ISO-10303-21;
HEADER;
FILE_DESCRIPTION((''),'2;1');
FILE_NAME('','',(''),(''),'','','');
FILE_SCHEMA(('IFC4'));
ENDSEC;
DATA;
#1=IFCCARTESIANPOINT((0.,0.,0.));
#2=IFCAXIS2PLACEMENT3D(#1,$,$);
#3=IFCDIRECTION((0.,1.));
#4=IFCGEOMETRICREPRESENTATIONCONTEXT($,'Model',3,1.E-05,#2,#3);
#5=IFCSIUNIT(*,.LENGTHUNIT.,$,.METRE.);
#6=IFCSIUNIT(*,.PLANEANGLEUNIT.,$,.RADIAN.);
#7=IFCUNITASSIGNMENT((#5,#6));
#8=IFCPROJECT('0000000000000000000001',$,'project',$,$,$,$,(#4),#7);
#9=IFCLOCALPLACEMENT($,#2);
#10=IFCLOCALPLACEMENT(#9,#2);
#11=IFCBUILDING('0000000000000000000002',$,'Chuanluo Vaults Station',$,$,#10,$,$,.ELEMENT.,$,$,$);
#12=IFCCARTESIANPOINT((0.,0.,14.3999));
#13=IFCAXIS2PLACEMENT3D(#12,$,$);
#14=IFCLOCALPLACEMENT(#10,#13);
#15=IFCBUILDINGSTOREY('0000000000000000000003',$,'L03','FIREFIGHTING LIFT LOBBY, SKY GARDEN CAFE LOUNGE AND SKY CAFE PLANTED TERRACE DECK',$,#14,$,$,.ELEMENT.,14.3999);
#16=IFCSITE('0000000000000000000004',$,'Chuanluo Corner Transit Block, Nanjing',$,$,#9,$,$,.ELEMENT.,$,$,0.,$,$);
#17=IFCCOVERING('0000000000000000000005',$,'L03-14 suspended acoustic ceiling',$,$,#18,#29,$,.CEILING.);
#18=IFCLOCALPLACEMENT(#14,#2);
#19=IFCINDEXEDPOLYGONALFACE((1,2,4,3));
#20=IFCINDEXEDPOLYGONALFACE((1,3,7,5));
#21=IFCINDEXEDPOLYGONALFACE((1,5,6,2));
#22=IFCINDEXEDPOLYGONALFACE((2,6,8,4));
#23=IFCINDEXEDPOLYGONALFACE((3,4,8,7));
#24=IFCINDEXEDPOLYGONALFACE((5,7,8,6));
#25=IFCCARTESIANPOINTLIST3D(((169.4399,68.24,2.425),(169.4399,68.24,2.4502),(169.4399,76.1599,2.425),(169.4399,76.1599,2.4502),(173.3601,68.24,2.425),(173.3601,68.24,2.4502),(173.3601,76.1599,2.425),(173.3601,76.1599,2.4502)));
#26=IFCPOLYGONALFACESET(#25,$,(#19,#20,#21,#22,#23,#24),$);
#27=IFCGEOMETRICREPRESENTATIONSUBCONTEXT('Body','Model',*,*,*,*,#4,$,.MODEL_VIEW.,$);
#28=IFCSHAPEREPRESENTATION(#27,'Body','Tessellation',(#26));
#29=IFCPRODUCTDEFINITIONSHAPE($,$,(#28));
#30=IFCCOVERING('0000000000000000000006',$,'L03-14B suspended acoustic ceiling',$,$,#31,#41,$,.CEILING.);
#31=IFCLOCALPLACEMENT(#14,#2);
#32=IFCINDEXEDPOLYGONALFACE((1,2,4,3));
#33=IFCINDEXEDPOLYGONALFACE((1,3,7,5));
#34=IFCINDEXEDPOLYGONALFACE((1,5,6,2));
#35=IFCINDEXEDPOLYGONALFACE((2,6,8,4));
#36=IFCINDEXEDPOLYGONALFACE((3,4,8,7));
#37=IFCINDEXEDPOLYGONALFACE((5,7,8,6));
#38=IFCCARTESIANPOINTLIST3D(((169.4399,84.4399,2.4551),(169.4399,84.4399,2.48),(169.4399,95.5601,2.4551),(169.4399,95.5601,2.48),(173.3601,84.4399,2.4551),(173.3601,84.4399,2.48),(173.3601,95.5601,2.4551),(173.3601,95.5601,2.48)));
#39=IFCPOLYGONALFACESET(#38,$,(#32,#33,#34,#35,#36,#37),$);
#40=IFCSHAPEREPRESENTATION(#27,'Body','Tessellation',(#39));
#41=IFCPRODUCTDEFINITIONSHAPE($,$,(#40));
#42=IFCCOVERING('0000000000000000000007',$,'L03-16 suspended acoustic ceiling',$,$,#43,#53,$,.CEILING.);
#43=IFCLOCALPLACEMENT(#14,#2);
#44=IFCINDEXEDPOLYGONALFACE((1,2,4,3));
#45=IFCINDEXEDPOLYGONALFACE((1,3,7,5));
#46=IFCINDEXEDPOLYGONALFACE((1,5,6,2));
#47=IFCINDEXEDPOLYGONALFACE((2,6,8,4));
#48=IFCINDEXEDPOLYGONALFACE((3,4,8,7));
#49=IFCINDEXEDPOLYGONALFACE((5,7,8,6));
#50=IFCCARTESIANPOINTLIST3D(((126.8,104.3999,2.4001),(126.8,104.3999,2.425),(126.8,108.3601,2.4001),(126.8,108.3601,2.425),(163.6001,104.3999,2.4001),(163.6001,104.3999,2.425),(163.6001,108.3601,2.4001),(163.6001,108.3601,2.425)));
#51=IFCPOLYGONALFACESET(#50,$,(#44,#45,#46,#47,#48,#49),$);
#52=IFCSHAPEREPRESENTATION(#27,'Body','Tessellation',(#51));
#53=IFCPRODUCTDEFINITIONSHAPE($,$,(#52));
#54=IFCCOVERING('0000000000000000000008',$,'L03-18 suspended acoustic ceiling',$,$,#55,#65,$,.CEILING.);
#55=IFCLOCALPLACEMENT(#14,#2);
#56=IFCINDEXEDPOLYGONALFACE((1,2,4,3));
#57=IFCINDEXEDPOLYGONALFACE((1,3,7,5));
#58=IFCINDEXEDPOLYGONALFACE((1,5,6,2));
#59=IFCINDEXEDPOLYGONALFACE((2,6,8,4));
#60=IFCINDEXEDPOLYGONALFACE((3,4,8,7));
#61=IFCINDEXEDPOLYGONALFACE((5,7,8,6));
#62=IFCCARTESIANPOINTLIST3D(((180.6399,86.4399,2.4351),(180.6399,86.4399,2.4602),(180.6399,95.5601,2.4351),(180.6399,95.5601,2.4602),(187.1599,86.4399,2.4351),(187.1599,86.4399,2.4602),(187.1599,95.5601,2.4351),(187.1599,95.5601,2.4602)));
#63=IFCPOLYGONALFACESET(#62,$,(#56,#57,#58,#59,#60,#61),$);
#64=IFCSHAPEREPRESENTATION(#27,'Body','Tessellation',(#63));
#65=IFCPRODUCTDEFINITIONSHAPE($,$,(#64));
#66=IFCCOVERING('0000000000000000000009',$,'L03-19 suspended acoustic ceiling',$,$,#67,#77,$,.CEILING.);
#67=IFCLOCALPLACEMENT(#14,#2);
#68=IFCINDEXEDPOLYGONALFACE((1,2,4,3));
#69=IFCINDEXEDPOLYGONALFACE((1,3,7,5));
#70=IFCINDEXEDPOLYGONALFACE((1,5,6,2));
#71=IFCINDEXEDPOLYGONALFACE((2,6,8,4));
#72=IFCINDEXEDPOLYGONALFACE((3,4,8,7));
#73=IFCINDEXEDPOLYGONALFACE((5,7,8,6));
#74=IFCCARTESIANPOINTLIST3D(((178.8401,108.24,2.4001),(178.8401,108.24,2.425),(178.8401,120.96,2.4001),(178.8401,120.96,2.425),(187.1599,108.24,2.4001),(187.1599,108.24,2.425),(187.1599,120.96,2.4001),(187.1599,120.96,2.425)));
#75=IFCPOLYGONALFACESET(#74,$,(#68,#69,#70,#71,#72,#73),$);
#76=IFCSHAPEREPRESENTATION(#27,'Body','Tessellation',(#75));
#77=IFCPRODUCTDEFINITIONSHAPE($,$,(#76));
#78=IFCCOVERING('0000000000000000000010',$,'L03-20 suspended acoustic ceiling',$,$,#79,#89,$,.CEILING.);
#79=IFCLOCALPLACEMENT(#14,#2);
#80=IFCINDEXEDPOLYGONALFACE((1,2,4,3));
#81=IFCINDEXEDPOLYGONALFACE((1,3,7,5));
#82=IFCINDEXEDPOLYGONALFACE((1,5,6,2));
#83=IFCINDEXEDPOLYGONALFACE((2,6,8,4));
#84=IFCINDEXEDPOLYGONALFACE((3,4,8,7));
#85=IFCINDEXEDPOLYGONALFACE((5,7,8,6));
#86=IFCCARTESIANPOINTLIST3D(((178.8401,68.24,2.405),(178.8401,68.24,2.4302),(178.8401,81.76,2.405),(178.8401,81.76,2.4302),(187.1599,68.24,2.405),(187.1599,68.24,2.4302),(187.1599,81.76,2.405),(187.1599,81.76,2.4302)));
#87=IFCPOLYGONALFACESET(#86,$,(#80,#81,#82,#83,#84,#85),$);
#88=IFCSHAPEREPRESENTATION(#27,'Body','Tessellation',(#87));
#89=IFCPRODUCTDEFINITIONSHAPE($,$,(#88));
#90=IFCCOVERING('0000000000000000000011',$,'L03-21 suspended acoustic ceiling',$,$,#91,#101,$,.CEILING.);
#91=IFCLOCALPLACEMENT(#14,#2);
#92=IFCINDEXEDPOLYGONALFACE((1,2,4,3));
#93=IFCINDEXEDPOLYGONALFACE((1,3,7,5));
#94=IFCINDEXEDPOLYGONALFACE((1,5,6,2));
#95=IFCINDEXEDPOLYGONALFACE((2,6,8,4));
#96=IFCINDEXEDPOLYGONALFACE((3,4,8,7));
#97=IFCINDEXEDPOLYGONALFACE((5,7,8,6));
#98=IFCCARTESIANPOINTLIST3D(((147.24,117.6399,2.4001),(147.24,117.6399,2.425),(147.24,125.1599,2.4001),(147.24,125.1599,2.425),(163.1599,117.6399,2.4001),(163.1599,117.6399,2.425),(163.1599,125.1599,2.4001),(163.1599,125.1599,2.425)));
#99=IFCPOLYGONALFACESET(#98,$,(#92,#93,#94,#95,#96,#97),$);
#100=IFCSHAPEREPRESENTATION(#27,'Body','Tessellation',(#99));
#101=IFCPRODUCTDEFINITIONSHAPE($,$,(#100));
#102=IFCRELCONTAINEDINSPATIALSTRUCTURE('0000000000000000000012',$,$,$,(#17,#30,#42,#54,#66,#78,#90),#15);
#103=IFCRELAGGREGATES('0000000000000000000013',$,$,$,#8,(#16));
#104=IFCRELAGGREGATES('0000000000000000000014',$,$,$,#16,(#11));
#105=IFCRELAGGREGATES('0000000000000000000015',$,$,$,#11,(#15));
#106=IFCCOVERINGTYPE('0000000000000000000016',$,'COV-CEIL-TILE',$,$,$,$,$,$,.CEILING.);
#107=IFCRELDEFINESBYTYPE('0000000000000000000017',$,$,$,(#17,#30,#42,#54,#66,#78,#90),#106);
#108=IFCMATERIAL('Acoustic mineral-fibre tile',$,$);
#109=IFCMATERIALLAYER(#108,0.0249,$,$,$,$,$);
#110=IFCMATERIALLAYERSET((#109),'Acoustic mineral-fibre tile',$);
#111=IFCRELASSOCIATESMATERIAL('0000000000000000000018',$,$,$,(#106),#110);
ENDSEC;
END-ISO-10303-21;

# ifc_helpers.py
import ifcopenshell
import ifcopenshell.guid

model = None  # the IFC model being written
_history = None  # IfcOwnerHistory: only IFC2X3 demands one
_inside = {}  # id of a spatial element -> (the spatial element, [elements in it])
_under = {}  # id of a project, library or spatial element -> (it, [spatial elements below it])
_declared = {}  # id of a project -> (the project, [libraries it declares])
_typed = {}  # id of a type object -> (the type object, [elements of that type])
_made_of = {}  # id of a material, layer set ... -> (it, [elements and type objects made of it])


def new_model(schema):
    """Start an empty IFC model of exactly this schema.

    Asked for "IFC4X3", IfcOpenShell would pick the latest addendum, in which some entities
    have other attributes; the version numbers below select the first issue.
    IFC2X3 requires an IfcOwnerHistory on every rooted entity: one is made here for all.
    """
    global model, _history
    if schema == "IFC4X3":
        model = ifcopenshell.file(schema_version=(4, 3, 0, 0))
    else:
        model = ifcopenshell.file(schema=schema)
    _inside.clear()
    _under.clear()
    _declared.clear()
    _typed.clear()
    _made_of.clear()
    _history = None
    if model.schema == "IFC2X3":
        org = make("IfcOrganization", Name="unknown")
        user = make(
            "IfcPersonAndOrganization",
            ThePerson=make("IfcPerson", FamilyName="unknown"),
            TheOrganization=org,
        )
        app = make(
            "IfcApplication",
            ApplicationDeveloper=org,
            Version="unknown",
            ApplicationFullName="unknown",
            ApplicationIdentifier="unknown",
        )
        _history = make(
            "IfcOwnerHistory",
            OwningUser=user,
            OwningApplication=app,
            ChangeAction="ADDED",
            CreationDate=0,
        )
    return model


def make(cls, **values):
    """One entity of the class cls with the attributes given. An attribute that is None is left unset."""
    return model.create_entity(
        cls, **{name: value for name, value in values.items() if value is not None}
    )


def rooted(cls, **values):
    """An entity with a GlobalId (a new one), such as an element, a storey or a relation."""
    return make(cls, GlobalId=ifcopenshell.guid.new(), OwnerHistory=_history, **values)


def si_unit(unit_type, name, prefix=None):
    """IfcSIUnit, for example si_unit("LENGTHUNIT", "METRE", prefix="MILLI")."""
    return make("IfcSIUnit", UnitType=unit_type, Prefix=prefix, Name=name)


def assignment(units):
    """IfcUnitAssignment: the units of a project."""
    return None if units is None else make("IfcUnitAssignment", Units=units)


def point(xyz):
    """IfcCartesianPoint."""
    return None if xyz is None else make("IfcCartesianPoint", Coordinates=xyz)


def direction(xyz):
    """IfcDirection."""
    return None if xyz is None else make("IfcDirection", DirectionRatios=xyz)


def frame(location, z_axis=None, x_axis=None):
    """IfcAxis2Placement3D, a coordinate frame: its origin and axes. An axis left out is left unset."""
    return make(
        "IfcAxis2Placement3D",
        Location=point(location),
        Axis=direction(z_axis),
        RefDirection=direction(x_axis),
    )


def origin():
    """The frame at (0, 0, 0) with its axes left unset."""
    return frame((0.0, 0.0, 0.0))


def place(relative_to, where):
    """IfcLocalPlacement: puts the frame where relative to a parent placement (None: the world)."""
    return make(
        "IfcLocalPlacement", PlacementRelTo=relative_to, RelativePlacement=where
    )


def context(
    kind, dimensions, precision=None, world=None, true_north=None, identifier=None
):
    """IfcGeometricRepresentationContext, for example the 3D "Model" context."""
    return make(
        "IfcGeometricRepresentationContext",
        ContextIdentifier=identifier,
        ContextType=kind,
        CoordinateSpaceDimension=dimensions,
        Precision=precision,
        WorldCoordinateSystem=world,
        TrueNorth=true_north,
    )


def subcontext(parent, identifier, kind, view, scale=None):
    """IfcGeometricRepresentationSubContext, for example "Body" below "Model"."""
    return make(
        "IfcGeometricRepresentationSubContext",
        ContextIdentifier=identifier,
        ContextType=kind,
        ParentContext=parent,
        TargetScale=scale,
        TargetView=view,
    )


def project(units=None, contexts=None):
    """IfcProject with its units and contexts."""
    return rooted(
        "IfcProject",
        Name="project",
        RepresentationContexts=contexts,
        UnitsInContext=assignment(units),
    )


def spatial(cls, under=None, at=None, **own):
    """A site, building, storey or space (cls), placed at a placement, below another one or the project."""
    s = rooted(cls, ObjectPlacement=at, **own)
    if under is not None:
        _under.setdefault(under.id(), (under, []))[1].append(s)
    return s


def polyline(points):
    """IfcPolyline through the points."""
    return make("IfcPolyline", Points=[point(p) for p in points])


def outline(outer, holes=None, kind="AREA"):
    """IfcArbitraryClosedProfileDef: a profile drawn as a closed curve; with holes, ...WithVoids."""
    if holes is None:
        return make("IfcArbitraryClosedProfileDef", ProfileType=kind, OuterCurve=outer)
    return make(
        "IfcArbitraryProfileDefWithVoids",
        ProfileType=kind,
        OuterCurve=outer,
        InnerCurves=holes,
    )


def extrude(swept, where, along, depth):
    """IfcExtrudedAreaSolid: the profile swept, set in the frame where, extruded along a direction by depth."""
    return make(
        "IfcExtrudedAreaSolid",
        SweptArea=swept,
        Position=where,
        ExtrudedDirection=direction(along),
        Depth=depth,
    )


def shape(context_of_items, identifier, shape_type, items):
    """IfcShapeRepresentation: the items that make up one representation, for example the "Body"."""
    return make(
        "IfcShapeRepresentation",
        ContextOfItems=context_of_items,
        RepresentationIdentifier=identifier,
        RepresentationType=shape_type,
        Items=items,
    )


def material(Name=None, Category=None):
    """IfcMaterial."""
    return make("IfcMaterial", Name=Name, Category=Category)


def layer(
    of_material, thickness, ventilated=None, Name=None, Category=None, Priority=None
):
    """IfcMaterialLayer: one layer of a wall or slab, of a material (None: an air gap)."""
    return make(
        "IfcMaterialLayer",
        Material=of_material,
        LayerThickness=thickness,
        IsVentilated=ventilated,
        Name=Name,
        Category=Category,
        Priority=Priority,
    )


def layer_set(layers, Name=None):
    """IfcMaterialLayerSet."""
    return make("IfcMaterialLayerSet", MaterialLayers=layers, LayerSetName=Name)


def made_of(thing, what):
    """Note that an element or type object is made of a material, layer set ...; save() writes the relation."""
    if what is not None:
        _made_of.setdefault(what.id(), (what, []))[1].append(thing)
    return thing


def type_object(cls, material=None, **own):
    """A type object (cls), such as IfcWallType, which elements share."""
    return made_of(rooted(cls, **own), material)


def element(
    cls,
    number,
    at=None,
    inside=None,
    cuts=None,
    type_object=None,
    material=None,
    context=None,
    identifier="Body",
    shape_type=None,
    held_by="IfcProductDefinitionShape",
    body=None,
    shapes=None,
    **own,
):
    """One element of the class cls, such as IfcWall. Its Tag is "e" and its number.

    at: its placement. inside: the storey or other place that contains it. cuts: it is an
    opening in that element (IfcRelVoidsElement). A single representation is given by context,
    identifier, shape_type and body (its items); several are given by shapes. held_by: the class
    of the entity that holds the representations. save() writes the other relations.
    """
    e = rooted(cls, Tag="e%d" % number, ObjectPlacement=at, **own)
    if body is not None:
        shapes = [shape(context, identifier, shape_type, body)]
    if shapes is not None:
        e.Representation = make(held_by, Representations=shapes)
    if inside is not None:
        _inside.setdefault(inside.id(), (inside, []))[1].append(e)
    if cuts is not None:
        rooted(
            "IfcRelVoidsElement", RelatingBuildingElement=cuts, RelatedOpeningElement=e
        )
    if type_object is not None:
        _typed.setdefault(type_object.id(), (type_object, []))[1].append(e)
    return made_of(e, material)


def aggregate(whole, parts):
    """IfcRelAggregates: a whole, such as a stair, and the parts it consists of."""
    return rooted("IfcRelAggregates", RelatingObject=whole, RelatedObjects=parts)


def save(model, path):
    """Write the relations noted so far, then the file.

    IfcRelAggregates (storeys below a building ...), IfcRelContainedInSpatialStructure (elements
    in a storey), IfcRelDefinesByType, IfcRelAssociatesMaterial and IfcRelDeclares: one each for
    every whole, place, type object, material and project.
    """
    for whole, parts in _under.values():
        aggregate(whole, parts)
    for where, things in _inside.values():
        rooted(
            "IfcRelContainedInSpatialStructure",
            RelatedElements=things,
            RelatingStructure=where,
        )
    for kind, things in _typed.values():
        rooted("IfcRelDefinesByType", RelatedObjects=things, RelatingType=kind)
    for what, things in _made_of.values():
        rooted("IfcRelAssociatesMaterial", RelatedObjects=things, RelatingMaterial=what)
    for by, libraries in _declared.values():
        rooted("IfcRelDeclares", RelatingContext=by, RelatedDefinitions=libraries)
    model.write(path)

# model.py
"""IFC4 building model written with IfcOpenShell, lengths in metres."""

from ifc_helpers import new_model, si_unit, direction, frame, origin, place, context, subcontext, project, spatial, polyline, outline, extrude, material, layer, layer_set, type_object, element, save


model = new_model("IFC4")

# Units and contexts
model_context = context("Model", 3, precision=1e-05, world=origin(), true_north=direction((0.0, 1.0)))
body_context = subcontext(model_context, "Body", "Model", "MODEL_VIEW")
ifc_project = project(units=[si_unit("LENGTHUNIT", "METRE"), si_unit("PLANEANGLEUNIT", "RADIAN")], contexts=[model_context])

# Site, building, storey
site_placement = place(None, origin())
site = spatial("IfcSite", under=ifc_project, at=site_placement, Name="Chuanluo Corner Transit Block, Nanjing", CompositionType="ELEMENT", RefElevation=0.0)
building_placement = place(site_placement, origin())
building = spatial("IfcBuilding", under=site, at=building_placement, Name="Chuanluo Vaults Station", CompositionType="ELEMENT")
storey_placement = place(building_placement, frame((0.0, 0.0, 14.3999)))
storey = spatial("IfcBuildingStorey", under=building, at=storey_placement, Name="L03", Description="FIREFIGHTING LIFT LOBBY, SKY GARDEN CAFE LOUNGE AND SKY CAFE PLANTED TERRACE DECK", CompositionType="ELEMENT", Elevation=14.3999)

# Coverings
ifc_material_1 = material(Name="Acoustic mineral-fibre tile")
ifc_layer_1 = layer(ifc_material_1, 0.0249)
ifc_layer_set_1 = layer_set([ifc_layer_1], Name="Acoustic mineral-fibre tile")
covering_type = type_object("IfcCoveringType", Name="COV-CEIL-TILE", PredefinedType="CEILING", material=ifc_layer_set_1)
covering_1_placement = place(storey_placement, frame((0.0, 0.0, 2.425)))
element("IfcCovering", 1, at=covering_1_placement, inside=storey, type_object=covering_type, Name="L03-14 suspended acoustic ceiling", PredefinedType="CEILING", context=body_context, shape_type="SweptSolid", body=[
    extrude(outline(polyline([(169.4399, 68.24), (173.3601, 68.24), (173.3601, 76.1599), (169.4399, 76.1599), (169.4399, 68.24)])), origin(), (0.0, 0.0, 1.0), 0.0251),
])
covering_2_placement = place(storey_placement, frame((0.0, 0.0, 2.4551)))
element("IfcCovering", 2, at=covering_2_placement, inside=storey, type_object=covering_type, Name="L03-14B suspended acoustic ceiling", PredefinedType="CEILING", context=body_context, shape_type="SweptSolid", body=[
    extrude(outline(polyline([(169.4399, 84.4399), (173.3601, 84.4399), (173.3601, 95.5601), (169.4399, 95.5601), (169.4399, 84.4399)])), origin(), (0.0, 0.0, 1.0), 0.0249),
])
covering_3_placement = place(storey_placement, frame((0.0, 0.0, 2.4001)))
element("IfcCovering", 3, at=covering_3_placement, inside=storey, type_object=covering_type, Name="L03-16 suspended acoustic ceiling", PredefinedType="CEILING", context=body_context, shape_type="SweptSolid", body=[
    extrude(outline(polyline([(126.8, 104.3999), (163.6001, 104.3999), (163.6001, 108.3601), (126.8, 108.3601), (126.8, 104.3999)])), origin(), (0.0, 0.0, 1.0), 0.0249),
])
covering_4_placement = place(storey_placement, frame((0.0, 0.0, 2.4351)))
element("IfcCovering", 4, at=covering_4_placement, inside=storey, type_object=covering_type, Name="L03-18 suspended acoustic ceiling", PredefinedType="CEILING", context=body_context, shape_type="SweptSolid", body=[
    extrude(outline(polyline([(180.6399, 86.4399), (187.1599, 86.4399), (187.1599, 95.5601), (180.6399, 95.5601), (180.6399, 86.4399)])), origin(), (0.0, 0.0, 1.0), 0.0251),
])
covering_5_placement = place(storey_placement, frame((0.0, 0.0, 2.4001)))
element("IfcCovering", 5, at=covering_5_placement, inside=storey, type_object=covering_type, Name="L03-19 suspended acoustic ceiling", PredefinedType="CEILING", context=body_context, shape_type="SweptSolid", body=[
    extrude(outline(polyline([(178.8401, 108.24), (187.1599, 108.24), (187.1599, 120.96), (178.8401, 120.96), (178.8401, 108.24)])), origin(), (0.0, 0.0, 1.0), 0.0249),
])
covering_6_placement = place(storey_placement, frame((0.0, 0.0, 2.405)))
element("IfcCovering", 6, at=covering_6_placement, inside=storey, type_object=covering_type, Name="L03-20 suspended acoustic ceiling", PredefinedType="CEILING", context=body_context, shape_type="SweptSolid", body=[
    extrude(outline(polyline([(178.8401, 68.24), (187.1599, 68.24), (187.1599, 81.76), (178.8401, 81.76), (178.8401, 68.24)])), origin(), (0.0, 0.0, 1.0), 0.0251),
])
covering_7_placement = place(storey_placement, frame((0.0, 0.0, 2.4001)))
element("IfcCovering", 7, at=covering_7_placement, inside=storey, type_object=covering_type, Name="L03-21 suspended acoustic ceiling", PredefinedType="CEILING", context=body_context, shape_type="SweptSolid", body=[
    extrude(outline(polyline([(147.24, 117.6399), (163.1599, 117.6399), (163.1599, 125.1599), (147.24, 125.1599), (147.24, 117.6399)])), origin(), (0.0, 0.0, 1.0), 0.0249),
])

save(model, "model.ifc")
